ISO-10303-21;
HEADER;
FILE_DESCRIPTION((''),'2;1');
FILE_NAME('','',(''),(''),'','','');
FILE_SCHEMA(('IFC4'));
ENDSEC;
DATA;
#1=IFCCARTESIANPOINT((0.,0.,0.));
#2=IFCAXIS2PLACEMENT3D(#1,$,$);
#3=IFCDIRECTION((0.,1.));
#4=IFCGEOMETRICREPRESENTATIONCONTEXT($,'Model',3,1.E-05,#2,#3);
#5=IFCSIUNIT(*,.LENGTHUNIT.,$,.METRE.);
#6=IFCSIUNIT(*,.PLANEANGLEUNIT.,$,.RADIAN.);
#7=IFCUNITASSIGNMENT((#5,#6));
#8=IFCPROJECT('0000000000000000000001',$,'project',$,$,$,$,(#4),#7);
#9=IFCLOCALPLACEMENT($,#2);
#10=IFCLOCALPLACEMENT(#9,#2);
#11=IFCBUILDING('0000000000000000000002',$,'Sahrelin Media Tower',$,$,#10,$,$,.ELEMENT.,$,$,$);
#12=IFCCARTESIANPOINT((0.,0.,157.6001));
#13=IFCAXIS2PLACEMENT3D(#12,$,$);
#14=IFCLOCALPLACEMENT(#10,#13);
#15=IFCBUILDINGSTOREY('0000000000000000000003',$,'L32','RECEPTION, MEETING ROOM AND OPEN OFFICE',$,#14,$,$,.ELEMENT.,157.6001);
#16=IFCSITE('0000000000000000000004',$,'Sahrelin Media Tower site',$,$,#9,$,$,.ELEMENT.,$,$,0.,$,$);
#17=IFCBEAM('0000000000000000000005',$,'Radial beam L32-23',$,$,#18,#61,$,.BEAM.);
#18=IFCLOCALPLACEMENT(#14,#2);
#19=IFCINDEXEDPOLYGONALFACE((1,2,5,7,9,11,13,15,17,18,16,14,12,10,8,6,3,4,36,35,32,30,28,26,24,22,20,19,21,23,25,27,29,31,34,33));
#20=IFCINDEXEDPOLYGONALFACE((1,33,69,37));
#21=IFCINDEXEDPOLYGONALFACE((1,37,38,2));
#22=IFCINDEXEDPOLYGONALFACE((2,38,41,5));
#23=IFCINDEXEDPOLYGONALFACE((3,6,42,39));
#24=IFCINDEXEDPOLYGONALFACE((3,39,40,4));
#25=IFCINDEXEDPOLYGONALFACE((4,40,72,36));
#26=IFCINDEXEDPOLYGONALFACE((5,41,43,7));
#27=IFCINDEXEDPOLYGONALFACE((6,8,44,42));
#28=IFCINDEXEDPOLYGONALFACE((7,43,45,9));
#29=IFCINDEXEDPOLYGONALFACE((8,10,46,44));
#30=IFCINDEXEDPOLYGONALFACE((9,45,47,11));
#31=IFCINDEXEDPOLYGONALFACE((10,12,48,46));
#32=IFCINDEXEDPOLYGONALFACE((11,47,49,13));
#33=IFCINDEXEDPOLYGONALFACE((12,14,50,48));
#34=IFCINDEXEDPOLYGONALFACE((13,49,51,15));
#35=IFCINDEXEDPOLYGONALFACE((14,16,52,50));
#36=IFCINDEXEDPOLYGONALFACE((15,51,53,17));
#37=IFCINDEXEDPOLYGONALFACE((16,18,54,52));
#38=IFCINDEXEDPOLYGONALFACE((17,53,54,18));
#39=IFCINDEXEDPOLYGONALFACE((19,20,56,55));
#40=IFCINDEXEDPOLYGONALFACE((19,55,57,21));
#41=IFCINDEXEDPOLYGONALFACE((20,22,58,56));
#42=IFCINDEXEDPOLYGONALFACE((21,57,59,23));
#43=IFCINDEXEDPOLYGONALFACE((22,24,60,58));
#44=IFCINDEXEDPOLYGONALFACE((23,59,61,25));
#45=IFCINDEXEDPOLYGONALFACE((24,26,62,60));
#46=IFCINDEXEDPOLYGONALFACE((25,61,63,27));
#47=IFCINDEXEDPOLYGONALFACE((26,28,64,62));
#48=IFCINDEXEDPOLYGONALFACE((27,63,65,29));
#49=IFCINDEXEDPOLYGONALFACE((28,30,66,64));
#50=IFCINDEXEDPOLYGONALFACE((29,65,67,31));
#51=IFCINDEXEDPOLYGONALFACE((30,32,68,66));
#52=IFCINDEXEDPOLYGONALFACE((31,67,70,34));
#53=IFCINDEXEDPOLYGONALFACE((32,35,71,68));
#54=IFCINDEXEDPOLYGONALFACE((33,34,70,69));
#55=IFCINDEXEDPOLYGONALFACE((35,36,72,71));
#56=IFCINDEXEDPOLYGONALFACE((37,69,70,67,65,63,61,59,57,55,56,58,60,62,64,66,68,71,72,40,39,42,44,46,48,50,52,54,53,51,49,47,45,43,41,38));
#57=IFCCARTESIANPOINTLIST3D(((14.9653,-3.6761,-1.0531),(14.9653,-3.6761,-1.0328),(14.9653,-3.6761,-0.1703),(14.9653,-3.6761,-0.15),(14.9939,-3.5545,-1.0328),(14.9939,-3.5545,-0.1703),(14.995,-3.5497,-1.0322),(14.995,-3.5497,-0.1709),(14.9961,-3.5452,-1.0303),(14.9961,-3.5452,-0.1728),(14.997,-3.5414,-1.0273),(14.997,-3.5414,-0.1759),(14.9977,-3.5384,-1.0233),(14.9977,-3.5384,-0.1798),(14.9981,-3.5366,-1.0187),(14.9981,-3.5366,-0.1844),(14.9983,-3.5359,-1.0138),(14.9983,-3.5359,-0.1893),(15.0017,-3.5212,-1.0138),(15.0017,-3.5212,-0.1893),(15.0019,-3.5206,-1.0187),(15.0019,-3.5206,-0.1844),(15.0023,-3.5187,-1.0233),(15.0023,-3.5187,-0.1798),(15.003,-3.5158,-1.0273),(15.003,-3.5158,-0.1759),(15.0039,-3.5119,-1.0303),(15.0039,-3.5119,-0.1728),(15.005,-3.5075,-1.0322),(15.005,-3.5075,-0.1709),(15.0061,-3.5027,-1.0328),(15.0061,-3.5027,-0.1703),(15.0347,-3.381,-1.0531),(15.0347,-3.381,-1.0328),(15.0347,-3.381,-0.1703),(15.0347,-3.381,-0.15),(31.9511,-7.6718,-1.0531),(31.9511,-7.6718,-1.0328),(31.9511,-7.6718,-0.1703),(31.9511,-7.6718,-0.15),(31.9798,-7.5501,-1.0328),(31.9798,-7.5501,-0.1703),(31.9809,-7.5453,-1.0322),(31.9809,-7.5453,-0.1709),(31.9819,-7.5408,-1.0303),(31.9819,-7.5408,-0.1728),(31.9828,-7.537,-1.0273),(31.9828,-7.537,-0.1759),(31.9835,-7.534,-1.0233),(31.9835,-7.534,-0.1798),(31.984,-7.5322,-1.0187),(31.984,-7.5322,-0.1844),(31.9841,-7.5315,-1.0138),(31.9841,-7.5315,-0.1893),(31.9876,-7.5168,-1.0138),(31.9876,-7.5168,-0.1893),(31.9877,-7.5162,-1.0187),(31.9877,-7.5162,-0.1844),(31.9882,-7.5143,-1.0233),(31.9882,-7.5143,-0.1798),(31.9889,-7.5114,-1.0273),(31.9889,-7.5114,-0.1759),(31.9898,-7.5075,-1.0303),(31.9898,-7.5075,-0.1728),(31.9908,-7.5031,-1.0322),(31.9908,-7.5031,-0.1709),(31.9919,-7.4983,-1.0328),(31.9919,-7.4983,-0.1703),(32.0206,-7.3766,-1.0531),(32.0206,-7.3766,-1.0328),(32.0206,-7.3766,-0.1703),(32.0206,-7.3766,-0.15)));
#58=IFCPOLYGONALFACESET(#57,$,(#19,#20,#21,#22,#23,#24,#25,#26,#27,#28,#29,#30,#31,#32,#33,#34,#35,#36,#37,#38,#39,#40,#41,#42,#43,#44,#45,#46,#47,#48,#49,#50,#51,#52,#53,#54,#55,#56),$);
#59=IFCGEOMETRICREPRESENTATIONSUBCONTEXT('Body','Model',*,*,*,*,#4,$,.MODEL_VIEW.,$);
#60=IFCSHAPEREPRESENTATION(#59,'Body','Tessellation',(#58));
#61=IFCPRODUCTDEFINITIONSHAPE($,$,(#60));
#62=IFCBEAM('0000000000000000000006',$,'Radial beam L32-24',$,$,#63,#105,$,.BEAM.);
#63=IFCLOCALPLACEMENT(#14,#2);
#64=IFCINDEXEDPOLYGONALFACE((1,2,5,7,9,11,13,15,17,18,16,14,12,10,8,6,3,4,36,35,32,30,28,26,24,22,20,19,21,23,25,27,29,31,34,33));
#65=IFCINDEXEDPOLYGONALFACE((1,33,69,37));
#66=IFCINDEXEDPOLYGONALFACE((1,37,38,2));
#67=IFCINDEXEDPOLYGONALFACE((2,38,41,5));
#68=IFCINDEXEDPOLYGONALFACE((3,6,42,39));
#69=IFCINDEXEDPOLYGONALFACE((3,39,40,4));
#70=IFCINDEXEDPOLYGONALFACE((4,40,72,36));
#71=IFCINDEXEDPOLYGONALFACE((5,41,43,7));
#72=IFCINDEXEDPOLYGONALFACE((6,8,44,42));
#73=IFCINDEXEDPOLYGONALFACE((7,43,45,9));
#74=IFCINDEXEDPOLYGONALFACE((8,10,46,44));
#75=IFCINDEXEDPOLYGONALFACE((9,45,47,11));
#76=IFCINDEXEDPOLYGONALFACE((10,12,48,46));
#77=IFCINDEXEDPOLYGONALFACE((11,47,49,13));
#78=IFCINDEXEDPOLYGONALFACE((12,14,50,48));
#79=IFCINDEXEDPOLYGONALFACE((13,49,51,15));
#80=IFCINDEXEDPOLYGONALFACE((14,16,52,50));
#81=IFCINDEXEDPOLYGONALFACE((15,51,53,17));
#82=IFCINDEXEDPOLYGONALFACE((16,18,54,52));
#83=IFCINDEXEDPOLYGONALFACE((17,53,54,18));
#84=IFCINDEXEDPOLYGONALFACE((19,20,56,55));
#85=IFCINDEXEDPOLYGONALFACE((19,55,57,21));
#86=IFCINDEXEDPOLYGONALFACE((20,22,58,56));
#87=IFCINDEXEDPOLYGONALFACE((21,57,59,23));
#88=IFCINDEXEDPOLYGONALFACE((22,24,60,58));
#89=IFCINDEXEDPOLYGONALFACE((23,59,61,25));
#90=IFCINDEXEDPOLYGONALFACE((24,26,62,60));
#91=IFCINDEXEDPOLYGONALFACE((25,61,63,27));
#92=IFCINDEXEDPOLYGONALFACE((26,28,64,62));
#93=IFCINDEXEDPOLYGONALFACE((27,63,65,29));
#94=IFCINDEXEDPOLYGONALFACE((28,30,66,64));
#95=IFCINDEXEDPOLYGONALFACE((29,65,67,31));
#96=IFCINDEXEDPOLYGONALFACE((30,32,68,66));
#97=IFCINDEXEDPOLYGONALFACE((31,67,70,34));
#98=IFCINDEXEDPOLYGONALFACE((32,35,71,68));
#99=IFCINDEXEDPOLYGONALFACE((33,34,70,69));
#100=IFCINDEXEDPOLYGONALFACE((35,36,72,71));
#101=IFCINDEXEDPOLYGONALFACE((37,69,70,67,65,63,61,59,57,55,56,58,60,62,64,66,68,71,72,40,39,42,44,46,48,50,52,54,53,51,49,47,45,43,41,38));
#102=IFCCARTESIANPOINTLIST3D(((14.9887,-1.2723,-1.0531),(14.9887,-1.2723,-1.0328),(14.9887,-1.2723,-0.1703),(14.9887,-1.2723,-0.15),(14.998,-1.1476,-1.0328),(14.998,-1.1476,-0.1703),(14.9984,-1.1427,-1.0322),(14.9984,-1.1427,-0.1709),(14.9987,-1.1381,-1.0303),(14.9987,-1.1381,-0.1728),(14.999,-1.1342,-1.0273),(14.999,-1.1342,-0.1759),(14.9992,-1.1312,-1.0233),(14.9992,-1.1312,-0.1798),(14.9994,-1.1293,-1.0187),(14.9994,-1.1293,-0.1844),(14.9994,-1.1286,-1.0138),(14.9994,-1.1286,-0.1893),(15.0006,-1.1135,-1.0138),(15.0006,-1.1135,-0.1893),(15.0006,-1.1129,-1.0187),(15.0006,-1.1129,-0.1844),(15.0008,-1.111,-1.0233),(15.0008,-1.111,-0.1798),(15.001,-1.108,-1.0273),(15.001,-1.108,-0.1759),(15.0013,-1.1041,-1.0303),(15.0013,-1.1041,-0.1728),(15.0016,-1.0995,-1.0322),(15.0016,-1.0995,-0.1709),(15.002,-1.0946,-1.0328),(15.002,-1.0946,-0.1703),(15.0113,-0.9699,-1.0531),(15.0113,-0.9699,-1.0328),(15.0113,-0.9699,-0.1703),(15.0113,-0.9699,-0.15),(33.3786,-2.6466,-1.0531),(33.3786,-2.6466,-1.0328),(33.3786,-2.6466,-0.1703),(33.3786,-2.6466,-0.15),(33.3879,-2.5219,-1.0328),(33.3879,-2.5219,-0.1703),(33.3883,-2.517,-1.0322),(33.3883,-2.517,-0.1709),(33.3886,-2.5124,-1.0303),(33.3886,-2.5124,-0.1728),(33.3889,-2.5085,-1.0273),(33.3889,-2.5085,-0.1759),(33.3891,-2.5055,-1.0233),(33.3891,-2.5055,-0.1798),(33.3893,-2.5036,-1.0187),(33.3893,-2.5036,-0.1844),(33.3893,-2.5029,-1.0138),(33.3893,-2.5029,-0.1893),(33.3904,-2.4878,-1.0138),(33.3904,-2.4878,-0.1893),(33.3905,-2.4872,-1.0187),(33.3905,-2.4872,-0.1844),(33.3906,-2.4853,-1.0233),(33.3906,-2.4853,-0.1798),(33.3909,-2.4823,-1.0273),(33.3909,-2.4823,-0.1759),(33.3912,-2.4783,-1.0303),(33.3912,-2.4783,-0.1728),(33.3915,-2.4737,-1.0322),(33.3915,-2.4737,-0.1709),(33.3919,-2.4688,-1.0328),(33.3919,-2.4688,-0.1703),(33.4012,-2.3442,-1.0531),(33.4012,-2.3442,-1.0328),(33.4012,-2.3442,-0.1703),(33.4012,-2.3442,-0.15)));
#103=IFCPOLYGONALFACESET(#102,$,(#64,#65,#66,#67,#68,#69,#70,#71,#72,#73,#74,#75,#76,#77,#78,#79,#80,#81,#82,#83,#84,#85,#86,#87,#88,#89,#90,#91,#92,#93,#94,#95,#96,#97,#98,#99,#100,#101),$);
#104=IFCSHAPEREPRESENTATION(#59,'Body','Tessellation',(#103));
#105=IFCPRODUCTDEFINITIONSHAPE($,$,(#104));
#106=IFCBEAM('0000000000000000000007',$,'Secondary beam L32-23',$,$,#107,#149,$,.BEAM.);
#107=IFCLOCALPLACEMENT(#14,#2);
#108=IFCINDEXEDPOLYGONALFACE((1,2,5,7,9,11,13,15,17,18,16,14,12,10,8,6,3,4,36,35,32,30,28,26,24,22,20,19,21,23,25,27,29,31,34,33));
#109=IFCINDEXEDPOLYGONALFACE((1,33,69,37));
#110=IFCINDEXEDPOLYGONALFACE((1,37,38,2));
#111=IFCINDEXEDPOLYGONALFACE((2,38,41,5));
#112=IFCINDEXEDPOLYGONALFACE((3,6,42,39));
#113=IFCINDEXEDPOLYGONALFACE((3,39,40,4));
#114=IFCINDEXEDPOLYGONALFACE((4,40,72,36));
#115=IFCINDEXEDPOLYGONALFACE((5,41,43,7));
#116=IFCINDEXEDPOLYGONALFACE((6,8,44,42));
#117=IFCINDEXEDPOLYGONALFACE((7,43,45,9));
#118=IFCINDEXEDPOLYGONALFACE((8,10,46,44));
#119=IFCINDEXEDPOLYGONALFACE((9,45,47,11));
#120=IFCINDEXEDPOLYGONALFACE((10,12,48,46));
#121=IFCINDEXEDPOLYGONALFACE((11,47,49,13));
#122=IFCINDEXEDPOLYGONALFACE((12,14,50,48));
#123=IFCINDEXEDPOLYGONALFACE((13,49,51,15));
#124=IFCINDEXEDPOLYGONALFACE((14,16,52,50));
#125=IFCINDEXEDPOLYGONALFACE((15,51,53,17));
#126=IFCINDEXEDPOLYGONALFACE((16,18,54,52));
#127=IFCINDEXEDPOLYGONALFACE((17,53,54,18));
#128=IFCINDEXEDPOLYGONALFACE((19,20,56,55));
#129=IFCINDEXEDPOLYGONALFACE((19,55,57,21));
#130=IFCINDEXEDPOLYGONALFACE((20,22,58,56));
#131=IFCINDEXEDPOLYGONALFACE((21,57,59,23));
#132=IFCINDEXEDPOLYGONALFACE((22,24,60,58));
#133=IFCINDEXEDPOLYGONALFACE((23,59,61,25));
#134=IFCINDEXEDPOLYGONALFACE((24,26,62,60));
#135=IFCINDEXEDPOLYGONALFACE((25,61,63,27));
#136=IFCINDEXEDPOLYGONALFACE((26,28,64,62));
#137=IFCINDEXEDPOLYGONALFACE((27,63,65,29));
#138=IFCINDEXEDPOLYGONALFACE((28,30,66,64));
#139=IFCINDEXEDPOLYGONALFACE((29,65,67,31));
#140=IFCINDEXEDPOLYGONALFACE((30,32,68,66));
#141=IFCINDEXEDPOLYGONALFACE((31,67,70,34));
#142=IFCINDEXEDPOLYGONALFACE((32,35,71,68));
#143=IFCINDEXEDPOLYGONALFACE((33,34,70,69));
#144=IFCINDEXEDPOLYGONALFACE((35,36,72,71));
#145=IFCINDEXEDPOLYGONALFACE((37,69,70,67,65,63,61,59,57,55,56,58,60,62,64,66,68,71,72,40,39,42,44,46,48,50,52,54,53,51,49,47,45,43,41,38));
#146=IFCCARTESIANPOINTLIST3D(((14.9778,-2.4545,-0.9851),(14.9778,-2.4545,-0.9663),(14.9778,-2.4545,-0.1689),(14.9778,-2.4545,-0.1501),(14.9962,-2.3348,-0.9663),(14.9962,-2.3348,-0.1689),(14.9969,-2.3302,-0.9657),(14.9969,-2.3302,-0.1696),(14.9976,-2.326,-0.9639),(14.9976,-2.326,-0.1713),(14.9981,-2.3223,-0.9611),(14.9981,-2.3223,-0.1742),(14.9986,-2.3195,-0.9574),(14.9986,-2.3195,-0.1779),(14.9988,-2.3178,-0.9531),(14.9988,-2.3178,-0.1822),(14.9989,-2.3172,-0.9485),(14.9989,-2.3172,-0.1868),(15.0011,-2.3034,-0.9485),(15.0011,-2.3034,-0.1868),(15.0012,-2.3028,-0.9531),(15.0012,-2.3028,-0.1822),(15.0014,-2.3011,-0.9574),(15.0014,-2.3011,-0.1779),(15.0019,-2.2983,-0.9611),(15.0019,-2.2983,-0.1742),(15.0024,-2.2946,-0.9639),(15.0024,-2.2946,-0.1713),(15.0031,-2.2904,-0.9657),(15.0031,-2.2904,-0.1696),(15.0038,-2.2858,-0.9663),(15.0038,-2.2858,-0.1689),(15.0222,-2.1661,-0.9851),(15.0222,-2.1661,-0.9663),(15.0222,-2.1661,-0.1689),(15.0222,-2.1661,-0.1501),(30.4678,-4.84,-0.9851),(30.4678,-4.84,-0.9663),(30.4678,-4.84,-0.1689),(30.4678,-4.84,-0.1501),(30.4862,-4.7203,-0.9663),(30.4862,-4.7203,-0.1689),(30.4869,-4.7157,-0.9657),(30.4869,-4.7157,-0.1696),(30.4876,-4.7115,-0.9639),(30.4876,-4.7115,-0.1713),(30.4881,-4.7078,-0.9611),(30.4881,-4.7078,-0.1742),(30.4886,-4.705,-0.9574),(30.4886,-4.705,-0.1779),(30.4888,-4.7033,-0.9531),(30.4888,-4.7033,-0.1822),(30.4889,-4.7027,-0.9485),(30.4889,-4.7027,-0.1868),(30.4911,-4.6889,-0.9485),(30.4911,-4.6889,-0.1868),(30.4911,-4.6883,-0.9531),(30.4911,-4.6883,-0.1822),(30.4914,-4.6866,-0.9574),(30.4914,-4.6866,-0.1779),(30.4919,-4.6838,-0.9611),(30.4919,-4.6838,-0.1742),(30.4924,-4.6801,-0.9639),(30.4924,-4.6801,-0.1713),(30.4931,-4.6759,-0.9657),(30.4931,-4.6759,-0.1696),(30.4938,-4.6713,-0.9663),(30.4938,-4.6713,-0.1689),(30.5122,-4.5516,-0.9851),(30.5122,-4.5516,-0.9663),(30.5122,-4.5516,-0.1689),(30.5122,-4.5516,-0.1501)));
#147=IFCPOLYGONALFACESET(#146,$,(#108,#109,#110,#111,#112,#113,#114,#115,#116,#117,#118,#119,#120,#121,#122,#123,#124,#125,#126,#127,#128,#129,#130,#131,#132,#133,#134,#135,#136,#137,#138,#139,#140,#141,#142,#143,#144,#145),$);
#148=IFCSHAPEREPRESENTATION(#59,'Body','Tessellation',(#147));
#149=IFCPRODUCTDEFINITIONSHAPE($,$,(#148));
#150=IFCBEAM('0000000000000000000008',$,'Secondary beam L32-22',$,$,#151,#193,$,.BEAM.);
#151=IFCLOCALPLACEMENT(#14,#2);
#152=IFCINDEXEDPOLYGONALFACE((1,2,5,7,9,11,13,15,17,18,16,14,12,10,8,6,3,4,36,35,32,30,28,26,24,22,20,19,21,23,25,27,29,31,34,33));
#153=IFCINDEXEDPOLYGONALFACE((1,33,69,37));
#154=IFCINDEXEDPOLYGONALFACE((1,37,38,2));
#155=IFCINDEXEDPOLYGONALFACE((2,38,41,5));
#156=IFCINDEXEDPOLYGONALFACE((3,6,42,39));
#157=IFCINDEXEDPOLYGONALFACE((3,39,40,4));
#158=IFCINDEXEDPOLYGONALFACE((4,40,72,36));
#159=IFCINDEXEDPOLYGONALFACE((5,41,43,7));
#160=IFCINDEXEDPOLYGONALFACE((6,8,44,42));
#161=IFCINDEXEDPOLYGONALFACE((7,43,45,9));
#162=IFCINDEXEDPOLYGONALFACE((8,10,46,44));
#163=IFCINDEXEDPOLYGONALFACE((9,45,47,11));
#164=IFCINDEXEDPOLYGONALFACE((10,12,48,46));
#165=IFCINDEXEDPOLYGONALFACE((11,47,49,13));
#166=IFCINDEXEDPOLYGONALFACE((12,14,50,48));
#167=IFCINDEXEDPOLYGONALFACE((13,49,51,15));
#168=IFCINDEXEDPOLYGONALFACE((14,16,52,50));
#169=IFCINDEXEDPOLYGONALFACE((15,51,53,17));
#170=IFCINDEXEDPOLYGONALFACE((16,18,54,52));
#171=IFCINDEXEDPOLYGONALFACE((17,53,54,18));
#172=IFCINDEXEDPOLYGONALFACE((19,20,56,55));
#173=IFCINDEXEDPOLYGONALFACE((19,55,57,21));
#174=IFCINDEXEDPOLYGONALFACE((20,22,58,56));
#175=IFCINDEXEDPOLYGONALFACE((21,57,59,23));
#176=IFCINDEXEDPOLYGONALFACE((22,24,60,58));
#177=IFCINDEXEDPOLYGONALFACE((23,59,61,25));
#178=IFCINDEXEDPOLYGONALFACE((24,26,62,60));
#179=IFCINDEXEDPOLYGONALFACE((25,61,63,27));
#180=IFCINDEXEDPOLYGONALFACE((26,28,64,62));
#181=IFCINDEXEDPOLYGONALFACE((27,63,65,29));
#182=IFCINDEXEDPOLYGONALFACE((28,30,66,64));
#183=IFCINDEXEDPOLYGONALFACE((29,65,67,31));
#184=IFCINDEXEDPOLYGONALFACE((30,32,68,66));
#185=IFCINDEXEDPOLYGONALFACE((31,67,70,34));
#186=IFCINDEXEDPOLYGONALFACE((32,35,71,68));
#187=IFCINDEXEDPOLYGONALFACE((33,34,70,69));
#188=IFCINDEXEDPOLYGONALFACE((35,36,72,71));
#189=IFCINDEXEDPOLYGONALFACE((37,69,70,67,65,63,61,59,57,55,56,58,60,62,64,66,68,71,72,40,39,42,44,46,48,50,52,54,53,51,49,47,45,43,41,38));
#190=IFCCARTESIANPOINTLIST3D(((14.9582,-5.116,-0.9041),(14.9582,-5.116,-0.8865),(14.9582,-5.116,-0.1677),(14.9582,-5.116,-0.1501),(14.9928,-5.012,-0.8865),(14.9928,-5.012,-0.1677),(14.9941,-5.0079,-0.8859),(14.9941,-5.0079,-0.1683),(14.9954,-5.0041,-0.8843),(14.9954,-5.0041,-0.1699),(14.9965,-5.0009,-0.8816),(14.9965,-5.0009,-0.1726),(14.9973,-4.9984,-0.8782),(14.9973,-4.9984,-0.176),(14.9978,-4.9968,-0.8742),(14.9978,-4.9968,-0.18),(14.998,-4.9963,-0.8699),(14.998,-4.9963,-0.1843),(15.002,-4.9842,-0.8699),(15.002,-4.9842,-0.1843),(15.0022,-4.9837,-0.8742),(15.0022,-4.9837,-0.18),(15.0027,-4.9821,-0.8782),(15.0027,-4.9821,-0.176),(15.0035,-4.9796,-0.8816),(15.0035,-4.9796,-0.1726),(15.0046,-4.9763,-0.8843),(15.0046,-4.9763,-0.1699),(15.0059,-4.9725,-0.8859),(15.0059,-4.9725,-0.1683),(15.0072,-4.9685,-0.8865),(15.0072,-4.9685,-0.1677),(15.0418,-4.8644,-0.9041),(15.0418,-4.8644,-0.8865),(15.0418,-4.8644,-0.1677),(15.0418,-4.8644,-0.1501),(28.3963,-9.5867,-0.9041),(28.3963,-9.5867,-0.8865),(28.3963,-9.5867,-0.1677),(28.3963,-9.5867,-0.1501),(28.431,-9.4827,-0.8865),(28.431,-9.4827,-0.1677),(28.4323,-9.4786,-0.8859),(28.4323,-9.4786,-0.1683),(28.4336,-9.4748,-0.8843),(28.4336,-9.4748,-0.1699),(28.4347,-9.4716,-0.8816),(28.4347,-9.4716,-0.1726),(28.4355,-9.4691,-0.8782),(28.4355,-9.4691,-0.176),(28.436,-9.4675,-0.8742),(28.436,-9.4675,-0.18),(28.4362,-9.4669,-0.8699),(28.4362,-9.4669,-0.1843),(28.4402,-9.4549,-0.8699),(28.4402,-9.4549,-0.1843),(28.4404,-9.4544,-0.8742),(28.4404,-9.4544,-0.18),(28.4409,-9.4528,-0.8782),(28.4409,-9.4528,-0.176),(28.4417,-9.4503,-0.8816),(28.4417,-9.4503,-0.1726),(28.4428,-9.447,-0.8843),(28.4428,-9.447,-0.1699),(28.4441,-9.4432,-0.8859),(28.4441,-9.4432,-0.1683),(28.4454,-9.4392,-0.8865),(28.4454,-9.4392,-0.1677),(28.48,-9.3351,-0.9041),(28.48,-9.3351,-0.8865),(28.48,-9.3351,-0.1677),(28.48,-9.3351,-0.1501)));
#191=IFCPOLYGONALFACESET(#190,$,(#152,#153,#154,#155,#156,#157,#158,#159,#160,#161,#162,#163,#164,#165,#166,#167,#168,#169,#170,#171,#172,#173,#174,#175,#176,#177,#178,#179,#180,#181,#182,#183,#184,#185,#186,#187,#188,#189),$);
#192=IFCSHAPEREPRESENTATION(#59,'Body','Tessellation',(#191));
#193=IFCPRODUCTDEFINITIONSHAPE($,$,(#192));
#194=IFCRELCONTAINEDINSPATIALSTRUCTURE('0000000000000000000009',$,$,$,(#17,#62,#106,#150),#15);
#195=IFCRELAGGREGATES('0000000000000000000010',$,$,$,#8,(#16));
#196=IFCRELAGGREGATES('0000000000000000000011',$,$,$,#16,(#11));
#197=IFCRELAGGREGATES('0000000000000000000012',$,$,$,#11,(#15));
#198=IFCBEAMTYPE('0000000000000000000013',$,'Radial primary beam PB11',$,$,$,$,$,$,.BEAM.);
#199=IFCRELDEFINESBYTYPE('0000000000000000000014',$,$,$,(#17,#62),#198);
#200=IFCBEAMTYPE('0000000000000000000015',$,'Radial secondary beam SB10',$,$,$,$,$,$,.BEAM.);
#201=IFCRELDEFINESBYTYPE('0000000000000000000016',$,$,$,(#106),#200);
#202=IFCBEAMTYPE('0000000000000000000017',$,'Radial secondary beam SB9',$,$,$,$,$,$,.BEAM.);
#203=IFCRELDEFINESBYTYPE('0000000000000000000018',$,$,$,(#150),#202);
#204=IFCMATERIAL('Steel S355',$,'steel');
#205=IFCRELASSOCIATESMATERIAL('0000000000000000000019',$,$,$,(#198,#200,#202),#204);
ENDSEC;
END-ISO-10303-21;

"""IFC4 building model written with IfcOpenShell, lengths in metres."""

from ifc_helpers import new_model, si_unit, direction, frame, origin, origin_2d, place, context, subcontext, project, spatial, i_section, extrude, material, material_profile, profile_set, type_object, element, save


model = new_model("IFC4")

# Units and contexts
model_context = context("Model", 3, precision=1e-05, world=origin(), true_north=direction((0.0, 1.0)))
body_context = subcontext(model_context, "Body", "Model", "MODEL_VIEW")
ifc_project = project(units=[si_unit("LENGTHUNIT", "METRE"), si_unit("PLANEANGLEUNIT", "RADIAN")], contexts=[model_context])

# Site, building, storey
site_placement = place(None, origin())
site = spatial("IfcSite", under=ifc_project, at=site_placement, Name="Sahrelin Media Tower site", CompositionType="ELEMENT", RefElevation=0.0)
building_placement = place(site_placement, origin())
building = spatial("IfcBuilding", under=site, at=building_placement, Name="Sahrelin Media Tower", CompositionType="ELEMENT")
storey_placement = place(building_placement, frame((0.0, 0.0, 157.6001)))
storey = spatial("IfcBuildingStorey", under=building, at=storey_placement, Name="L32", Description="RECEPTION, MEETING ROOM AND OPEN OFFICE", CompositionType="ELEMENT", Elevation=157.6001)

# Shared definitions
ifc_material_1 = material(Name="Steel S355", Category="steel")

# Beams
ifc_material_profile_1 = material_profile(ifc_material_1, i_section(OverallWidth=0.3032, OverallDepth=0.9031, WebThickness=0.0151, FlangeThickness=0.0203, FilletRadius=0.019, at=origin_2d()), Name="UB 914x305x201")
ifc_profile_set_1 = profile_set([ifc_material_profile_1], Name="Steel S355")
beam_type_1 = type_object("IfcBeamType", Name="Radial primary beam PB11", PredefinedType="BEAM", material=ifc_profile_set_1)
beam_1_placement = place(storey_placement, frame((15.0, -3.5286, -0.6016), z_axis=(0.973431, -0.228982, 0.0), x_axis=(0.228982, 0.973431, 0.0)))
element("IfcBeam", 1, at=beam_1_placement, inside=storey, type_object=beam_type_1, Name="Radial beam L32-23", PredefinedType="BEAM", context=body_context, shape_type="SweptSolid", body=[
    extrude(i_section(OverallWidth=0.3032, OverallDepth=0.9031, WebThickness=0.0151, FlangeThickness=0.0203, FilletRadius=0.019, at=origin_2d()), origin(), (0.0, 0.0, 1.0), 17.4495),
])
beam_2_placement = place(storey_placement, frame((15.0, -1.1211, -0.6016), z_axis=(0.997219, -0.074522, 0.0), x_axis=(0.074522, 0.997219, 0.0)))
element("IfcBeam", 2, at=beam_2_placement, inside=storey, type_object=beam_type_1, Name="Radial beam L32-24", PredefinedType="BEAM", context=body_context, shape_type="SweptSolid", body=[
    extrude(i_section(OverallWidth=0.3032, OverallDepth=0.9031, WebThickness=0.0151, FlangeThickness=0.0203, FilletRadius=0.019, at=origin_2d()), origin(), (0.0, 0.0, 1.0), 18.4412),
])
ifc_material_profile_2 = material_profile(ifc_material_1, i_section(OverallWidth=0.2917, OverallDepth=0.835, WebThickness=0.0139, FlangeThickness=0.0188, FilletRadius=0.0178, at=origin_2d()), Name="UB 838x292x176")
ifc_profile_set_2 = profile_set([ifc_material_profile_2], Name="Steel S355")
beam_type_2 = type_object("IfcBeamType", Name="Radial secondary beam SB10", PredefinedType="BEAM", material=ifc_profile_set_2)
beam_3_placement = place(storey_placement, frame((15.0, -2.3103, -0.5676), z_axis=(0.988348, -0.152208, 0.0), x_axis=(0.152208, 0.988348, 0.0)))
element("IfcBeam", 3, at=beam_3_placement, inside=storey, type_object=beam_type_2, Name="Secondary beam L32-23", PredefinedType="BEAM", context=body_context, shape_type="SweptSolid", body=[
    extrude(i_section(OverallWidth=0.2917, OverallDepth=0.835, WebThickness=0.0139, FlangeThickness=0.0188, FilletRadius=0.0178, at=origin_2d()), origin(), (0.0, 0.0, 1.0), 15.6726),
])
ifc_material_profile_3 = material_profile(ifc_material_1, i_section(OverallWidth=0.2651, OverallDepth=0.7539, WebThickness=0.0127, FlangeThickness=0.0176, FilletRadius=0.0166, at=origin_2d()), Name="UB 762x267x147")
ifc_profile_set_3 = profile_set([ifc_material_profile_3], Name="Steel S355")
beam_type_3 = type_object("IfcBeamType", Name="Radial secondary beam SB9", PredefinedType="BEAM", material=ifc_profile_set_3)
beam_4_placement = place(storey_placement, frame((15.0, -4.9902, -0.5271), z_axis=(0.948868, -0.315674, 0.0), x_axis=(0.315674, 0.948868, 0.0)))
element("IfcBeam", 4, at=beam_4_placement, inside=storey, type_object=beam_type_3, Name="Secondary beam L32-22", PredefinedType="BEAM", context=body_context, shape_type="SweptSolid", body=[
    extrude(i_section(OverallWidth=0.2651, OverallDepth=0.7539, WebThickness=0.0127, FlangeThickness=0.0176, FilletRadius=0.0166, at=origin_2d()), origin(), (0.0, 0.0, 1.0), 14.1624),
])

save(model, "model.ifc")
